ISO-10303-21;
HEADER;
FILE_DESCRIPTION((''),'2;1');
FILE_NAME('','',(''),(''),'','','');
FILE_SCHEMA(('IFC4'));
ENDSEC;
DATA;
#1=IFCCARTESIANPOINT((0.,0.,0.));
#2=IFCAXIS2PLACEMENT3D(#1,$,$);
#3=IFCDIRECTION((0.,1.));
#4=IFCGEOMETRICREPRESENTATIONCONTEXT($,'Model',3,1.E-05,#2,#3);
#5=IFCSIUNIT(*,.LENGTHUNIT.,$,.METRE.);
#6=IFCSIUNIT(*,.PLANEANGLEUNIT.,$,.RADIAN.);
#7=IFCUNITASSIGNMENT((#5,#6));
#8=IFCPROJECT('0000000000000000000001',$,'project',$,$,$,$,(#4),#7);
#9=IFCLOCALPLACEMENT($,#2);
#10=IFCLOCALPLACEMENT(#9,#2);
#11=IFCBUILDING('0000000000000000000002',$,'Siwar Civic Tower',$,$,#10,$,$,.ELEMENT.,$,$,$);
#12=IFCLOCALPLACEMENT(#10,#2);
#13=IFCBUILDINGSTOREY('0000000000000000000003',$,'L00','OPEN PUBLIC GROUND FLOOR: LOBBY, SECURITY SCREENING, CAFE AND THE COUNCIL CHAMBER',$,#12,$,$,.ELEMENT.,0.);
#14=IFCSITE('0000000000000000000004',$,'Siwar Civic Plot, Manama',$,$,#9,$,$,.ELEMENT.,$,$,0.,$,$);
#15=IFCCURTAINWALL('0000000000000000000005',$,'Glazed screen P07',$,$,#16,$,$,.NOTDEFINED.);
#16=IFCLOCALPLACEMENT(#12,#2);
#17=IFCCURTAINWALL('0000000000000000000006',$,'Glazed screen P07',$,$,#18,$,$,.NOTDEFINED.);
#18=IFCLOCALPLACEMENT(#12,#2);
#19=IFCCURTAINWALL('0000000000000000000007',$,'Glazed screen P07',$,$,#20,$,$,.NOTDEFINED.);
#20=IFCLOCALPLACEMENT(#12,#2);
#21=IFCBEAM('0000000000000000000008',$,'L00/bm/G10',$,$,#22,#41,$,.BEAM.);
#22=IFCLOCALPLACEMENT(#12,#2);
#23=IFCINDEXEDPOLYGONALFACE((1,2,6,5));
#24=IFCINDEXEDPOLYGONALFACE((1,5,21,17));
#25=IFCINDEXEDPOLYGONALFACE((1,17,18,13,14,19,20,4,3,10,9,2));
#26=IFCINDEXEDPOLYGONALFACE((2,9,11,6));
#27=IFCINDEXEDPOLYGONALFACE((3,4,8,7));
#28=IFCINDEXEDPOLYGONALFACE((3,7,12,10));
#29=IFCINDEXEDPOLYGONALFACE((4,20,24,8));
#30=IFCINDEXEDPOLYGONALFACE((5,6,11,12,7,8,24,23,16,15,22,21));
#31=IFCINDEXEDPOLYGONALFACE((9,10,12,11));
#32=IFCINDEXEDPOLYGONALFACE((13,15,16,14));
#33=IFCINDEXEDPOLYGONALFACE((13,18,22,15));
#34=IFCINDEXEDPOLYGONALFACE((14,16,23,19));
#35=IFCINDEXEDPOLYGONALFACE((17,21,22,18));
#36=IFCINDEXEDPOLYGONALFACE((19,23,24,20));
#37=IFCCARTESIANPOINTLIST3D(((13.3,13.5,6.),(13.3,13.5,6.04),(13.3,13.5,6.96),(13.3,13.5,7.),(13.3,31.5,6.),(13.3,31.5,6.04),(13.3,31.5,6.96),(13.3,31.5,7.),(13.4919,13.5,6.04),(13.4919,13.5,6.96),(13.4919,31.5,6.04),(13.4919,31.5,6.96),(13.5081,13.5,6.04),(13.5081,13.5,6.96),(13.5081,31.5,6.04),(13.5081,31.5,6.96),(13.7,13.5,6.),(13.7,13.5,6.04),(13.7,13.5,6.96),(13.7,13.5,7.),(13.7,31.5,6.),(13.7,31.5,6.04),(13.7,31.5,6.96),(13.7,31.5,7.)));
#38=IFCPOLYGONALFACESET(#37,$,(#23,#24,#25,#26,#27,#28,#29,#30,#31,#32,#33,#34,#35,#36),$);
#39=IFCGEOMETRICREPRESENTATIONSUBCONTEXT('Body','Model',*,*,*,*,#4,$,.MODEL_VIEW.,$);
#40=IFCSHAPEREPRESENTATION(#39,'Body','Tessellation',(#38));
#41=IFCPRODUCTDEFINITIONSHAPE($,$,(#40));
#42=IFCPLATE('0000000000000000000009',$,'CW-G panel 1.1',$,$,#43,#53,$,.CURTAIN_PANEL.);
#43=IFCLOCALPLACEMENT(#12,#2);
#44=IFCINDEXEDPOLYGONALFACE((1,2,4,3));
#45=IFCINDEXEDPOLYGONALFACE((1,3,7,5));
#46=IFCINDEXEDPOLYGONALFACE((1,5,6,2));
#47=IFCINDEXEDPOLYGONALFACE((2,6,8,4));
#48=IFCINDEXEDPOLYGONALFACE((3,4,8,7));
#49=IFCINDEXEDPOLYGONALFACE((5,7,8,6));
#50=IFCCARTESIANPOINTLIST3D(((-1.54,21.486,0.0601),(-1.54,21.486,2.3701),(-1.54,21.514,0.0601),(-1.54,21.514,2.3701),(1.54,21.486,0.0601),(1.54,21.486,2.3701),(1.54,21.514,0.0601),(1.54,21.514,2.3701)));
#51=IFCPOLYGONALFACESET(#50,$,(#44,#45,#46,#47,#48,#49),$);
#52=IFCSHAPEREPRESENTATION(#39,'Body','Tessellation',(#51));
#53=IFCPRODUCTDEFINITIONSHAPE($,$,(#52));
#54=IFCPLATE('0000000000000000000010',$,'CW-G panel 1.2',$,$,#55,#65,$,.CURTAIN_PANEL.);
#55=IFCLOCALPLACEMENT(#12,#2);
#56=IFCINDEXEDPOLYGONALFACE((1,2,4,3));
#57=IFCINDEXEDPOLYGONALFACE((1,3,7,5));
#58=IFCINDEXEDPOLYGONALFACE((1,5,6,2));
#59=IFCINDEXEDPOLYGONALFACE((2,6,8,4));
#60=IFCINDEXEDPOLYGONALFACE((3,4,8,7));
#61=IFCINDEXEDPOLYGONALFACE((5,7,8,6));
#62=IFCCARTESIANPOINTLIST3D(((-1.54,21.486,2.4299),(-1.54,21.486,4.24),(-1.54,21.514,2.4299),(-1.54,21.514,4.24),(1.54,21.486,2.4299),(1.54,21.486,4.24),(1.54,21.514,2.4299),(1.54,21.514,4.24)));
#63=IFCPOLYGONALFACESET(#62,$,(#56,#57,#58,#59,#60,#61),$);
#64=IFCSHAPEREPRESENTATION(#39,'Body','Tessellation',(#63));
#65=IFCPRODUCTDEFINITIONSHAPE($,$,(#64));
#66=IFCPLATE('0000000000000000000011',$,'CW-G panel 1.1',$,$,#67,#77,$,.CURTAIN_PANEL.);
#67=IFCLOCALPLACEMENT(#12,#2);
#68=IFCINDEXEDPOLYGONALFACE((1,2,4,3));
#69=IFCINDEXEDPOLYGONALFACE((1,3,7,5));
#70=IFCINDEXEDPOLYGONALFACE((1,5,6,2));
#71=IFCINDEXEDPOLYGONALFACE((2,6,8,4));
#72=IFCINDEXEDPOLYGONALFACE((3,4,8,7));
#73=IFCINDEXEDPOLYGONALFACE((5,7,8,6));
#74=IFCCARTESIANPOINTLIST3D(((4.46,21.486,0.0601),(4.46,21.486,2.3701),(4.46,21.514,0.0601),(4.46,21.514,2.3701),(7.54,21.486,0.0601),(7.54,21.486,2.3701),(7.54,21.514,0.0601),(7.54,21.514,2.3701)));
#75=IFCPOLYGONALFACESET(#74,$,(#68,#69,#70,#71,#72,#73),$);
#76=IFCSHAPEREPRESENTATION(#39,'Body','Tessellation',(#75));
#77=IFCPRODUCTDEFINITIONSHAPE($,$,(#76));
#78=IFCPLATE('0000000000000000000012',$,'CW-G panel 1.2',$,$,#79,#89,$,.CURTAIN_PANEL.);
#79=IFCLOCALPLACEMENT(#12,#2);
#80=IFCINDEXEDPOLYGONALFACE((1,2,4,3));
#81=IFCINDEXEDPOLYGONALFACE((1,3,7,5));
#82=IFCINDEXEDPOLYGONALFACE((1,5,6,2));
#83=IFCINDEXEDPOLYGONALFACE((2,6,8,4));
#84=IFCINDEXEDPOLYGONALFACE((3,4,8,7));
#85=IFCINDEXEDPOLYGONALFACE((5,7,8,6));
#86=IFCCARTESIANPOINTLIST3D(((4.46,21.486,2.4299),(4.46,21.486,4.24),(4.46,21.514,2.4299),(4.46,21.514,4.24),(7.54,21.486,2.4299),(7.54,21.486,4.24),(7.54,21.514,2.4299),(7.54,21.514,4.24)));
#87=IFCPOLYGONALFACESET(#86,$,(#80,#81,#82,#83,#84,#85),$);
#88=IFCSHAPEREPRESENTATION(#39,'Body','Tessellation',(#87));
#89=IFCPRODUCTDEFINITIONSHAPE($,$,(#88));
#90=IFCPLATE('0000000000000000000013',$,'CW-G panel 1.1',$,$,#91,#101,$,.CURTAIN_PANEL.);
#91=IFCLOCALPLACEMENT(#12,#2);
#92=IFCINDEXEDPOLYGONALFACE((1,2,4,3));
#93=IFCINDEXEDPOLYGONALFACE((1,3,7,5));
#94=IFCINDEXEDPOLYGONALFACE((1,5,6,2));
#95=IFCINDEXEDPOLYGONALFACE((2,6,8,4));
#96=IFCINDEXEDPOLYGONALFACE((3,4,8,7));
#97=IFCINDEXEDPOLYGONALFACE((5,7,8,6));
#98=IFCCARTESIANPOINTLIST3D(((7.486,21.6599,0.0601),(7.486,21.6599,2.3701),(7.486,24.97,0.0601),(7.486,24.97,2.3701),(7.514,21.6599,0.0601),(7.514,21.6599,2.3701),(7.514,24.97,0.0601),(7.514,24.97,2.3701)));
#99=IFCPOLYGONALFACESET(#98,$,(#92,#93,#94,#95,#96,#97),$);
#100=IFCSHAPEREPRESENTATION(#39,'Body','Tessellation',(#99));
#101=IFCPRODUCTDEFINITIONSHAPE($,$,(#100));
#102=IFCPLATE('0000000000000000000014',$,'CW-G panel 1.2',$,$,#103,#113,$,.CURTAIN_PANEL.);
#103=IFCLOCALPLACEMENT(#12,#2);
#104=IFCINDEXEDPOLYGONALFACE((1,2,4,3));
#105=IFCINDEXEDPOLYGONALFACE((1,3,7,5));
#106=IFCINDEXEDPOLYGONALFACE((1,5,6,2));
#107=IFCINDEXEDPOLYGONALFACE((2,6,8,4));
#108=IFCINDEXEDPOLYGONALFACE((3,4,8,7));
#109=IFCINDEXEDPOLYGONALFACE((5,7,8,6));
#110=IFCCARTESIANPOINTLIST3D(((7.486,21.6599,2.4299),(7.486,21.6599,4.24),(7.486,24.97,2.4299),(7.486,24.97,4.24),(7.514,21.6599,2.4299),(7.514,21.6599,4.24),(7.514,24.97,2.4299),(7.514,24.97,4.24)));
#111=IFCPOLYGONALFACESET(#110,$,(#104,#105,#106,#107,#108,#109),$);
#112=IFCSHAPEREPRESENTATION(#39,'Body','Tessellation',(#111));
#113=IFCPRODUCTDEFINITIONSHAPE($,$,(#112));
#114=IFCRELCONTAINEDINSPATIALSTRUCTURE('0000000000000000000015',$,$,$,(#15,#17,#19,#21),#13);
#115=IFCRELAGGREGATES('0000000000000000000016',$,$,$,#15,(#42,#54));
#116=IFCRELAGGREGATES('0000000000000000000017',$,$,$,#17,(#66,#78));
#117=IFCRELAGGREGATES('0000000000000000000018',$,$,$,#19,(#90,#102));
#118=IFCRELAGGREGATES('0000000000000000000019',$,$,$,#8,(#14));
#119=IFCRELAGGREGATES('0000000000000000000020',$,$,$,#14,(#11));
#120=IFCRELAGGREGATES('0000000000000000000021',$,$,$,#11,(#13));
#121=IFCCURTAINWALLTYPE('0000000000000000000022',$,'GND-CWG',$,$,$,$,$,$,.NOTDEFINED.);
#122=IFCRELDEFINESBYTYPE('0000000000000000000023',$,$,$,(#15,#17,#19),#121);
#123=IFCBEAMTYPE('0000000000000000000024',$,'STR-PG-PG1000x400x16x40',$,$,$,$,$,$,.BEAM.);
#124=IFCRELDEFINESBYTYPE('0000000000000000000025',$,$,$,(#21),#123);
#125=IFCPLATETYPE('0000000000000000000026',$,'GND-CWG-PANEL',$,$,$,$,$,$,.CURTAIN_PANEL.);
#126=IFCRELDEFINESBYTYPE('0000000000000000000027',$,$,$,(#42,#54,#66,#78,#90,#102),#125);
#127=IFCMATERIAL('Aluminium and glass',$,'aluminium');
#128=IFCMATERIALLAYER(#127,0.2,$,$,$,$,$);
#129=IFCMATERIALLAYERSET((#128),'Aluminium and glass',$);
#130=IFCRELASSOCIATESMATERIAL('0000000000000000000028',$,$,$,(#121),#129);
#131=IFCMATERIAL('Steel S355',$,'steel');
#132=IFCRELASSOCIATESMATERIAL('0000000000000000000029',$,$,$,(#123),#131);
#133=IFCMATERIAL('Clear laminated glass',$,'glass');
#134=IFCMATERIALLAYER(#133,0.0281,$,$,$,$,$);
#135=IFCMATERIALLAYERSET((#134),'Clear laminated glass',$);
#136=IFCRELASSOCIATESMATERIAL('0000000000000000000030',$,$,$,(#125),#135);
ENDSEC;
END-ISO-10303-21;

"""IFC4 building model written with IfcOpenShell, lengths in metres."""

from ifc_helpers import new_model, si_unit, direction, frame, origin, origin_2d, place, context, subcontext, project, spatial, rectangle, i_section, extrude, material, layer, layer_set, material_profile, profile_set, type_object, element, aggregate, save


model = new_model("IFC4")

# Units and contexts
model_context = context("Model", 3, precision=1e-05, world=origin(), true_north=direction((0.0, 1.0)))
body_context = subcontext(model_context, "Body", "Model", "MODEL_VIEW")
ifc_project = project(units=[si_unit("LENGTHUNIT", "METRE"), si_unit("PLANEANGLEUNIT", "RADIAN")], contexts=[model_context])

# Site, building, storey
site_placement = place(None, origin())
site = spatial("IfcSite", under=ifc_project, at=site_placement, Name="Siwar Civic Plot, Manama", CompositionType="ELEMENT", RefElevation=0.0)
building_placement = place(site_placement, origin())
building = spatial("IfcBuilding", under=site, at=building_placement, Name="Siwar Civic Tower", CompositionType="ELEMENT")
storey_placement = place(building_placement, origin())
storey = spatial("IfcBuildingStorey", under=building, at=storey_placement, Name="L00", Description="OPEN PUBLIC GROUND FLOOR: LOBBY, SECURITY SCREENING, CAFE AND THE COUNCIL CHAMBER", CompositionType="ELEMENT", Elevation=0.0)

# Curtain wall
ifc_material_1 = material(Name="Aluminium and glass", Category="aluminium")
ifc_layer_1 = layer(ifc_material_1, 0.2)
ifc_layer_set_1 = layer_set([ifc_layer_1], Name="Aluminium and glass")
curtain_wall_type = type_object("IfcCurtainWallType", Name="GND-CWG", PredefinedType="NOTDEFINED", material=ifc_layer_set_1)
curtain_wall_1_placement = place(storey_placement, origin())
curtain_wall_1 = element("IfcCurtainWall", 1, at=curtain_wall_1_placement, inside=storey, type_object=curtain_wall_type, Name="Glazed screen P07", PredefinedType="NOTDEFINED")

# Curtain walls
curtain_wall_2_placement = place(storey_placement, origin())
curtain_wall_2 = element("IfcCurtainWall", 2, at=curtain_wall_2_placement, inside=storey, type_object=curtain_wall_type, Name="Glazed screen P07", PredefinedType="NOTDEFINED")
curtain_wall_3_placement = place(storey_placement, origin())
curtain_wall_3 = element("IfcCurtainWall", 3, at=curtain_wall_3_placement, inside=storey, type_object=curtain_wall_type, Name="Glazed screen P07", PredefinedType="NOTDEFINED")

# Beam
ifc_material_2 = material(Name="Steel S355", Category="steel")
ifc_material_profile_1 = material_profile(ifc_material_2, i_section(OverallWidth=0.3999, OverallDepth=1.0, WebThickness=0.0161, FlangeThickness=0.04, at=origin_2d()), Name="PG1000x400x16x40")
ifc_profile_set_1 = profile_set([ifc_material_profile_1], Name="Steel S355")
beam_type_1 = type_object("IfcBeamType", Name="STR-PG-PG1000x400x16x40", PredefinedType="BEAM", material=ifc_profile_set_1)
beam_1_placement = place(storey_placement, frame((13.5, 13.5, 6.5), z_axis=(0.0, 1.0, 0.0), x_axis=(-1.0, 0.0, 0.0)))
element("IfcBeam", 4, at=beam_1_placement, inside=storey, type_object=beam_type_1, Name="L00/bm/G10", PredefinedType="BEAM", context=body_context, shape_type="SweptSolid", body=[
    extrude(i_section(OverallWidth=0.3999, OverallDepth=1.0, WebThickness=0.0161, FlangeThickness=0.04, at=origin_2d()), origin(), (0.0, 0.0, 1.0), 18.0),
])

# Plates
ifc_material_3 = material(Name="Clear laminated glass", Category="glass")
ifc_layer_2 = layer(ifc_material_3, 0.0281)
ifc_layer_set_2 = layer_set([ifc_layer_2], Name="Clear laminated glass")
plate_type = type_object("IfcPlateType", Name="GND-CWG-PANEL", PredefinedType="CURTAIN_PANEL", material=ifc_layer_set_2)
plate_1_placement = place(storey_placement, frame((0.0, 21.5, 0.0601), z_axis=(0.0, 0.0, 1.0), x_axis=(1.0, 0.0, 0.0)))
plate_1 = element("IfcPlate", 5, at=plate_1_placement, type_object=plate_type, Name="CW-G panel 1.1", PredefinedType="CURTAIN_PANEL", context=body_context, shape_type="SweptSolid", body=[
    extrude(rectangle(XDim=3.0801, YDim=0.0281, at=origin_2d()), origin(), (0.0, 0.0, 1.0), 2.3101),
])
plate_2_placement = place(storey_placement, frame((0.0, 21.5, 2.4299), z_axis=(0.0, 0.0, 1.0), x_axis=(1.0, 0.0, 0.0)))
plate_2 = element("IfcPlate", 6, at=plate_2_placement, type_object=plate_type, Name="CW-G panel 1.2", PredefinedType="CURTAIN_PANEL", context=body_context, shape_type="SweptSolid", body=[
    extrude(rectangle(XDim=3.0801, YDim=0.0281, at=origin_2d()), origin(), (0.0, 0.0, 1.0), 1.8101),
])
aggregate(curtain_wall_1, [plate_1, plate_2])
plate_3_placement = place(storey_placement, frame((6.0, 21.5, 0.0601), z_axis=(0.0, 0.0, 1.0), x_axis=(1.0, 0.0, 0.0)))
plate_3 = element("IfcPlate", 7, at=plate_3_placement, type_object=plate_type, Name="CW-G panel 1.1", PredefinedType="CURTAIN_PANEL", context=body_context, shape_type="SweptSolid", body=[
    extrude(rectangle(XDim=3.0801, YDim=0.0281, at=origin_2d()), origin(), (0.0, 0.0, 1.0), 2.3101),
])
plate_4_placement = place(storey_placement, frame((6.0, 21.5, 2.4299), z_axis=(0.0, 0.0, 1.0), x_axis=(1.0, 0.0, 0.0)))
plate_4 = element("IfcPlate", 8, at=plate_4_placement, type_object=plate_type, Name="CW-G panel 1.2", PredefinedType="CURTAIN_PANEL", context=body_context, shape_type="SweptSolid", body=[
    extrude(rectangle(XDim=3.0801, YDim=0.0281, at=origin_2d()), origin(), (0.0, 0.0, 1.0), 1.8101),
])
aggregate(curtain_wall_2, [plate_3, plate_4])
plate_5_placement = place(storey_placement, frame((7.5, 23.3149, 0.0601), z_axis=(0.0, 0.0, 1.0), x_axis=(0.0, 1.0, 0.0)))
plate_5 = element("IfcPlate", 9, at=plate_5_placement, type_object=plate_type, Name="CW-G panel 1.1", PredefinedType="CURTAIN_PANEL", context=body_context, shape_type="SweptSolid", body=[
    extrude(rectangle(XDim=3.3101, YDim=0.0281, at=origin_2d()), origin(), (0.0, 0.0, 1.0), 2.3101),
])
plate_6_placement = place(storey_placement, frame((7.5, 23.3149, 2.4299), z_axis=(0.0, 0.0, 1.0), x_axis=(0.0, 1.0, 0.0)))
plate_6 = element("IfcPlate", 10, at=plate_6_placement, type_object=plate_type, Name="CW-G panel 1.2", PredefinedType="CURTAIN_PANEL", context=body_context, shape_type="SweptSolid", body=[
    extrude(rectangle(XDim=3.3101, YDim=0.0281, at=origin_2d()), origin(), (0.0, 0.0, 1.0), 1.8101),
])
aggregate(curtain_wall_3, [plate_5, plate_6])

save(model, "model.ifc")
